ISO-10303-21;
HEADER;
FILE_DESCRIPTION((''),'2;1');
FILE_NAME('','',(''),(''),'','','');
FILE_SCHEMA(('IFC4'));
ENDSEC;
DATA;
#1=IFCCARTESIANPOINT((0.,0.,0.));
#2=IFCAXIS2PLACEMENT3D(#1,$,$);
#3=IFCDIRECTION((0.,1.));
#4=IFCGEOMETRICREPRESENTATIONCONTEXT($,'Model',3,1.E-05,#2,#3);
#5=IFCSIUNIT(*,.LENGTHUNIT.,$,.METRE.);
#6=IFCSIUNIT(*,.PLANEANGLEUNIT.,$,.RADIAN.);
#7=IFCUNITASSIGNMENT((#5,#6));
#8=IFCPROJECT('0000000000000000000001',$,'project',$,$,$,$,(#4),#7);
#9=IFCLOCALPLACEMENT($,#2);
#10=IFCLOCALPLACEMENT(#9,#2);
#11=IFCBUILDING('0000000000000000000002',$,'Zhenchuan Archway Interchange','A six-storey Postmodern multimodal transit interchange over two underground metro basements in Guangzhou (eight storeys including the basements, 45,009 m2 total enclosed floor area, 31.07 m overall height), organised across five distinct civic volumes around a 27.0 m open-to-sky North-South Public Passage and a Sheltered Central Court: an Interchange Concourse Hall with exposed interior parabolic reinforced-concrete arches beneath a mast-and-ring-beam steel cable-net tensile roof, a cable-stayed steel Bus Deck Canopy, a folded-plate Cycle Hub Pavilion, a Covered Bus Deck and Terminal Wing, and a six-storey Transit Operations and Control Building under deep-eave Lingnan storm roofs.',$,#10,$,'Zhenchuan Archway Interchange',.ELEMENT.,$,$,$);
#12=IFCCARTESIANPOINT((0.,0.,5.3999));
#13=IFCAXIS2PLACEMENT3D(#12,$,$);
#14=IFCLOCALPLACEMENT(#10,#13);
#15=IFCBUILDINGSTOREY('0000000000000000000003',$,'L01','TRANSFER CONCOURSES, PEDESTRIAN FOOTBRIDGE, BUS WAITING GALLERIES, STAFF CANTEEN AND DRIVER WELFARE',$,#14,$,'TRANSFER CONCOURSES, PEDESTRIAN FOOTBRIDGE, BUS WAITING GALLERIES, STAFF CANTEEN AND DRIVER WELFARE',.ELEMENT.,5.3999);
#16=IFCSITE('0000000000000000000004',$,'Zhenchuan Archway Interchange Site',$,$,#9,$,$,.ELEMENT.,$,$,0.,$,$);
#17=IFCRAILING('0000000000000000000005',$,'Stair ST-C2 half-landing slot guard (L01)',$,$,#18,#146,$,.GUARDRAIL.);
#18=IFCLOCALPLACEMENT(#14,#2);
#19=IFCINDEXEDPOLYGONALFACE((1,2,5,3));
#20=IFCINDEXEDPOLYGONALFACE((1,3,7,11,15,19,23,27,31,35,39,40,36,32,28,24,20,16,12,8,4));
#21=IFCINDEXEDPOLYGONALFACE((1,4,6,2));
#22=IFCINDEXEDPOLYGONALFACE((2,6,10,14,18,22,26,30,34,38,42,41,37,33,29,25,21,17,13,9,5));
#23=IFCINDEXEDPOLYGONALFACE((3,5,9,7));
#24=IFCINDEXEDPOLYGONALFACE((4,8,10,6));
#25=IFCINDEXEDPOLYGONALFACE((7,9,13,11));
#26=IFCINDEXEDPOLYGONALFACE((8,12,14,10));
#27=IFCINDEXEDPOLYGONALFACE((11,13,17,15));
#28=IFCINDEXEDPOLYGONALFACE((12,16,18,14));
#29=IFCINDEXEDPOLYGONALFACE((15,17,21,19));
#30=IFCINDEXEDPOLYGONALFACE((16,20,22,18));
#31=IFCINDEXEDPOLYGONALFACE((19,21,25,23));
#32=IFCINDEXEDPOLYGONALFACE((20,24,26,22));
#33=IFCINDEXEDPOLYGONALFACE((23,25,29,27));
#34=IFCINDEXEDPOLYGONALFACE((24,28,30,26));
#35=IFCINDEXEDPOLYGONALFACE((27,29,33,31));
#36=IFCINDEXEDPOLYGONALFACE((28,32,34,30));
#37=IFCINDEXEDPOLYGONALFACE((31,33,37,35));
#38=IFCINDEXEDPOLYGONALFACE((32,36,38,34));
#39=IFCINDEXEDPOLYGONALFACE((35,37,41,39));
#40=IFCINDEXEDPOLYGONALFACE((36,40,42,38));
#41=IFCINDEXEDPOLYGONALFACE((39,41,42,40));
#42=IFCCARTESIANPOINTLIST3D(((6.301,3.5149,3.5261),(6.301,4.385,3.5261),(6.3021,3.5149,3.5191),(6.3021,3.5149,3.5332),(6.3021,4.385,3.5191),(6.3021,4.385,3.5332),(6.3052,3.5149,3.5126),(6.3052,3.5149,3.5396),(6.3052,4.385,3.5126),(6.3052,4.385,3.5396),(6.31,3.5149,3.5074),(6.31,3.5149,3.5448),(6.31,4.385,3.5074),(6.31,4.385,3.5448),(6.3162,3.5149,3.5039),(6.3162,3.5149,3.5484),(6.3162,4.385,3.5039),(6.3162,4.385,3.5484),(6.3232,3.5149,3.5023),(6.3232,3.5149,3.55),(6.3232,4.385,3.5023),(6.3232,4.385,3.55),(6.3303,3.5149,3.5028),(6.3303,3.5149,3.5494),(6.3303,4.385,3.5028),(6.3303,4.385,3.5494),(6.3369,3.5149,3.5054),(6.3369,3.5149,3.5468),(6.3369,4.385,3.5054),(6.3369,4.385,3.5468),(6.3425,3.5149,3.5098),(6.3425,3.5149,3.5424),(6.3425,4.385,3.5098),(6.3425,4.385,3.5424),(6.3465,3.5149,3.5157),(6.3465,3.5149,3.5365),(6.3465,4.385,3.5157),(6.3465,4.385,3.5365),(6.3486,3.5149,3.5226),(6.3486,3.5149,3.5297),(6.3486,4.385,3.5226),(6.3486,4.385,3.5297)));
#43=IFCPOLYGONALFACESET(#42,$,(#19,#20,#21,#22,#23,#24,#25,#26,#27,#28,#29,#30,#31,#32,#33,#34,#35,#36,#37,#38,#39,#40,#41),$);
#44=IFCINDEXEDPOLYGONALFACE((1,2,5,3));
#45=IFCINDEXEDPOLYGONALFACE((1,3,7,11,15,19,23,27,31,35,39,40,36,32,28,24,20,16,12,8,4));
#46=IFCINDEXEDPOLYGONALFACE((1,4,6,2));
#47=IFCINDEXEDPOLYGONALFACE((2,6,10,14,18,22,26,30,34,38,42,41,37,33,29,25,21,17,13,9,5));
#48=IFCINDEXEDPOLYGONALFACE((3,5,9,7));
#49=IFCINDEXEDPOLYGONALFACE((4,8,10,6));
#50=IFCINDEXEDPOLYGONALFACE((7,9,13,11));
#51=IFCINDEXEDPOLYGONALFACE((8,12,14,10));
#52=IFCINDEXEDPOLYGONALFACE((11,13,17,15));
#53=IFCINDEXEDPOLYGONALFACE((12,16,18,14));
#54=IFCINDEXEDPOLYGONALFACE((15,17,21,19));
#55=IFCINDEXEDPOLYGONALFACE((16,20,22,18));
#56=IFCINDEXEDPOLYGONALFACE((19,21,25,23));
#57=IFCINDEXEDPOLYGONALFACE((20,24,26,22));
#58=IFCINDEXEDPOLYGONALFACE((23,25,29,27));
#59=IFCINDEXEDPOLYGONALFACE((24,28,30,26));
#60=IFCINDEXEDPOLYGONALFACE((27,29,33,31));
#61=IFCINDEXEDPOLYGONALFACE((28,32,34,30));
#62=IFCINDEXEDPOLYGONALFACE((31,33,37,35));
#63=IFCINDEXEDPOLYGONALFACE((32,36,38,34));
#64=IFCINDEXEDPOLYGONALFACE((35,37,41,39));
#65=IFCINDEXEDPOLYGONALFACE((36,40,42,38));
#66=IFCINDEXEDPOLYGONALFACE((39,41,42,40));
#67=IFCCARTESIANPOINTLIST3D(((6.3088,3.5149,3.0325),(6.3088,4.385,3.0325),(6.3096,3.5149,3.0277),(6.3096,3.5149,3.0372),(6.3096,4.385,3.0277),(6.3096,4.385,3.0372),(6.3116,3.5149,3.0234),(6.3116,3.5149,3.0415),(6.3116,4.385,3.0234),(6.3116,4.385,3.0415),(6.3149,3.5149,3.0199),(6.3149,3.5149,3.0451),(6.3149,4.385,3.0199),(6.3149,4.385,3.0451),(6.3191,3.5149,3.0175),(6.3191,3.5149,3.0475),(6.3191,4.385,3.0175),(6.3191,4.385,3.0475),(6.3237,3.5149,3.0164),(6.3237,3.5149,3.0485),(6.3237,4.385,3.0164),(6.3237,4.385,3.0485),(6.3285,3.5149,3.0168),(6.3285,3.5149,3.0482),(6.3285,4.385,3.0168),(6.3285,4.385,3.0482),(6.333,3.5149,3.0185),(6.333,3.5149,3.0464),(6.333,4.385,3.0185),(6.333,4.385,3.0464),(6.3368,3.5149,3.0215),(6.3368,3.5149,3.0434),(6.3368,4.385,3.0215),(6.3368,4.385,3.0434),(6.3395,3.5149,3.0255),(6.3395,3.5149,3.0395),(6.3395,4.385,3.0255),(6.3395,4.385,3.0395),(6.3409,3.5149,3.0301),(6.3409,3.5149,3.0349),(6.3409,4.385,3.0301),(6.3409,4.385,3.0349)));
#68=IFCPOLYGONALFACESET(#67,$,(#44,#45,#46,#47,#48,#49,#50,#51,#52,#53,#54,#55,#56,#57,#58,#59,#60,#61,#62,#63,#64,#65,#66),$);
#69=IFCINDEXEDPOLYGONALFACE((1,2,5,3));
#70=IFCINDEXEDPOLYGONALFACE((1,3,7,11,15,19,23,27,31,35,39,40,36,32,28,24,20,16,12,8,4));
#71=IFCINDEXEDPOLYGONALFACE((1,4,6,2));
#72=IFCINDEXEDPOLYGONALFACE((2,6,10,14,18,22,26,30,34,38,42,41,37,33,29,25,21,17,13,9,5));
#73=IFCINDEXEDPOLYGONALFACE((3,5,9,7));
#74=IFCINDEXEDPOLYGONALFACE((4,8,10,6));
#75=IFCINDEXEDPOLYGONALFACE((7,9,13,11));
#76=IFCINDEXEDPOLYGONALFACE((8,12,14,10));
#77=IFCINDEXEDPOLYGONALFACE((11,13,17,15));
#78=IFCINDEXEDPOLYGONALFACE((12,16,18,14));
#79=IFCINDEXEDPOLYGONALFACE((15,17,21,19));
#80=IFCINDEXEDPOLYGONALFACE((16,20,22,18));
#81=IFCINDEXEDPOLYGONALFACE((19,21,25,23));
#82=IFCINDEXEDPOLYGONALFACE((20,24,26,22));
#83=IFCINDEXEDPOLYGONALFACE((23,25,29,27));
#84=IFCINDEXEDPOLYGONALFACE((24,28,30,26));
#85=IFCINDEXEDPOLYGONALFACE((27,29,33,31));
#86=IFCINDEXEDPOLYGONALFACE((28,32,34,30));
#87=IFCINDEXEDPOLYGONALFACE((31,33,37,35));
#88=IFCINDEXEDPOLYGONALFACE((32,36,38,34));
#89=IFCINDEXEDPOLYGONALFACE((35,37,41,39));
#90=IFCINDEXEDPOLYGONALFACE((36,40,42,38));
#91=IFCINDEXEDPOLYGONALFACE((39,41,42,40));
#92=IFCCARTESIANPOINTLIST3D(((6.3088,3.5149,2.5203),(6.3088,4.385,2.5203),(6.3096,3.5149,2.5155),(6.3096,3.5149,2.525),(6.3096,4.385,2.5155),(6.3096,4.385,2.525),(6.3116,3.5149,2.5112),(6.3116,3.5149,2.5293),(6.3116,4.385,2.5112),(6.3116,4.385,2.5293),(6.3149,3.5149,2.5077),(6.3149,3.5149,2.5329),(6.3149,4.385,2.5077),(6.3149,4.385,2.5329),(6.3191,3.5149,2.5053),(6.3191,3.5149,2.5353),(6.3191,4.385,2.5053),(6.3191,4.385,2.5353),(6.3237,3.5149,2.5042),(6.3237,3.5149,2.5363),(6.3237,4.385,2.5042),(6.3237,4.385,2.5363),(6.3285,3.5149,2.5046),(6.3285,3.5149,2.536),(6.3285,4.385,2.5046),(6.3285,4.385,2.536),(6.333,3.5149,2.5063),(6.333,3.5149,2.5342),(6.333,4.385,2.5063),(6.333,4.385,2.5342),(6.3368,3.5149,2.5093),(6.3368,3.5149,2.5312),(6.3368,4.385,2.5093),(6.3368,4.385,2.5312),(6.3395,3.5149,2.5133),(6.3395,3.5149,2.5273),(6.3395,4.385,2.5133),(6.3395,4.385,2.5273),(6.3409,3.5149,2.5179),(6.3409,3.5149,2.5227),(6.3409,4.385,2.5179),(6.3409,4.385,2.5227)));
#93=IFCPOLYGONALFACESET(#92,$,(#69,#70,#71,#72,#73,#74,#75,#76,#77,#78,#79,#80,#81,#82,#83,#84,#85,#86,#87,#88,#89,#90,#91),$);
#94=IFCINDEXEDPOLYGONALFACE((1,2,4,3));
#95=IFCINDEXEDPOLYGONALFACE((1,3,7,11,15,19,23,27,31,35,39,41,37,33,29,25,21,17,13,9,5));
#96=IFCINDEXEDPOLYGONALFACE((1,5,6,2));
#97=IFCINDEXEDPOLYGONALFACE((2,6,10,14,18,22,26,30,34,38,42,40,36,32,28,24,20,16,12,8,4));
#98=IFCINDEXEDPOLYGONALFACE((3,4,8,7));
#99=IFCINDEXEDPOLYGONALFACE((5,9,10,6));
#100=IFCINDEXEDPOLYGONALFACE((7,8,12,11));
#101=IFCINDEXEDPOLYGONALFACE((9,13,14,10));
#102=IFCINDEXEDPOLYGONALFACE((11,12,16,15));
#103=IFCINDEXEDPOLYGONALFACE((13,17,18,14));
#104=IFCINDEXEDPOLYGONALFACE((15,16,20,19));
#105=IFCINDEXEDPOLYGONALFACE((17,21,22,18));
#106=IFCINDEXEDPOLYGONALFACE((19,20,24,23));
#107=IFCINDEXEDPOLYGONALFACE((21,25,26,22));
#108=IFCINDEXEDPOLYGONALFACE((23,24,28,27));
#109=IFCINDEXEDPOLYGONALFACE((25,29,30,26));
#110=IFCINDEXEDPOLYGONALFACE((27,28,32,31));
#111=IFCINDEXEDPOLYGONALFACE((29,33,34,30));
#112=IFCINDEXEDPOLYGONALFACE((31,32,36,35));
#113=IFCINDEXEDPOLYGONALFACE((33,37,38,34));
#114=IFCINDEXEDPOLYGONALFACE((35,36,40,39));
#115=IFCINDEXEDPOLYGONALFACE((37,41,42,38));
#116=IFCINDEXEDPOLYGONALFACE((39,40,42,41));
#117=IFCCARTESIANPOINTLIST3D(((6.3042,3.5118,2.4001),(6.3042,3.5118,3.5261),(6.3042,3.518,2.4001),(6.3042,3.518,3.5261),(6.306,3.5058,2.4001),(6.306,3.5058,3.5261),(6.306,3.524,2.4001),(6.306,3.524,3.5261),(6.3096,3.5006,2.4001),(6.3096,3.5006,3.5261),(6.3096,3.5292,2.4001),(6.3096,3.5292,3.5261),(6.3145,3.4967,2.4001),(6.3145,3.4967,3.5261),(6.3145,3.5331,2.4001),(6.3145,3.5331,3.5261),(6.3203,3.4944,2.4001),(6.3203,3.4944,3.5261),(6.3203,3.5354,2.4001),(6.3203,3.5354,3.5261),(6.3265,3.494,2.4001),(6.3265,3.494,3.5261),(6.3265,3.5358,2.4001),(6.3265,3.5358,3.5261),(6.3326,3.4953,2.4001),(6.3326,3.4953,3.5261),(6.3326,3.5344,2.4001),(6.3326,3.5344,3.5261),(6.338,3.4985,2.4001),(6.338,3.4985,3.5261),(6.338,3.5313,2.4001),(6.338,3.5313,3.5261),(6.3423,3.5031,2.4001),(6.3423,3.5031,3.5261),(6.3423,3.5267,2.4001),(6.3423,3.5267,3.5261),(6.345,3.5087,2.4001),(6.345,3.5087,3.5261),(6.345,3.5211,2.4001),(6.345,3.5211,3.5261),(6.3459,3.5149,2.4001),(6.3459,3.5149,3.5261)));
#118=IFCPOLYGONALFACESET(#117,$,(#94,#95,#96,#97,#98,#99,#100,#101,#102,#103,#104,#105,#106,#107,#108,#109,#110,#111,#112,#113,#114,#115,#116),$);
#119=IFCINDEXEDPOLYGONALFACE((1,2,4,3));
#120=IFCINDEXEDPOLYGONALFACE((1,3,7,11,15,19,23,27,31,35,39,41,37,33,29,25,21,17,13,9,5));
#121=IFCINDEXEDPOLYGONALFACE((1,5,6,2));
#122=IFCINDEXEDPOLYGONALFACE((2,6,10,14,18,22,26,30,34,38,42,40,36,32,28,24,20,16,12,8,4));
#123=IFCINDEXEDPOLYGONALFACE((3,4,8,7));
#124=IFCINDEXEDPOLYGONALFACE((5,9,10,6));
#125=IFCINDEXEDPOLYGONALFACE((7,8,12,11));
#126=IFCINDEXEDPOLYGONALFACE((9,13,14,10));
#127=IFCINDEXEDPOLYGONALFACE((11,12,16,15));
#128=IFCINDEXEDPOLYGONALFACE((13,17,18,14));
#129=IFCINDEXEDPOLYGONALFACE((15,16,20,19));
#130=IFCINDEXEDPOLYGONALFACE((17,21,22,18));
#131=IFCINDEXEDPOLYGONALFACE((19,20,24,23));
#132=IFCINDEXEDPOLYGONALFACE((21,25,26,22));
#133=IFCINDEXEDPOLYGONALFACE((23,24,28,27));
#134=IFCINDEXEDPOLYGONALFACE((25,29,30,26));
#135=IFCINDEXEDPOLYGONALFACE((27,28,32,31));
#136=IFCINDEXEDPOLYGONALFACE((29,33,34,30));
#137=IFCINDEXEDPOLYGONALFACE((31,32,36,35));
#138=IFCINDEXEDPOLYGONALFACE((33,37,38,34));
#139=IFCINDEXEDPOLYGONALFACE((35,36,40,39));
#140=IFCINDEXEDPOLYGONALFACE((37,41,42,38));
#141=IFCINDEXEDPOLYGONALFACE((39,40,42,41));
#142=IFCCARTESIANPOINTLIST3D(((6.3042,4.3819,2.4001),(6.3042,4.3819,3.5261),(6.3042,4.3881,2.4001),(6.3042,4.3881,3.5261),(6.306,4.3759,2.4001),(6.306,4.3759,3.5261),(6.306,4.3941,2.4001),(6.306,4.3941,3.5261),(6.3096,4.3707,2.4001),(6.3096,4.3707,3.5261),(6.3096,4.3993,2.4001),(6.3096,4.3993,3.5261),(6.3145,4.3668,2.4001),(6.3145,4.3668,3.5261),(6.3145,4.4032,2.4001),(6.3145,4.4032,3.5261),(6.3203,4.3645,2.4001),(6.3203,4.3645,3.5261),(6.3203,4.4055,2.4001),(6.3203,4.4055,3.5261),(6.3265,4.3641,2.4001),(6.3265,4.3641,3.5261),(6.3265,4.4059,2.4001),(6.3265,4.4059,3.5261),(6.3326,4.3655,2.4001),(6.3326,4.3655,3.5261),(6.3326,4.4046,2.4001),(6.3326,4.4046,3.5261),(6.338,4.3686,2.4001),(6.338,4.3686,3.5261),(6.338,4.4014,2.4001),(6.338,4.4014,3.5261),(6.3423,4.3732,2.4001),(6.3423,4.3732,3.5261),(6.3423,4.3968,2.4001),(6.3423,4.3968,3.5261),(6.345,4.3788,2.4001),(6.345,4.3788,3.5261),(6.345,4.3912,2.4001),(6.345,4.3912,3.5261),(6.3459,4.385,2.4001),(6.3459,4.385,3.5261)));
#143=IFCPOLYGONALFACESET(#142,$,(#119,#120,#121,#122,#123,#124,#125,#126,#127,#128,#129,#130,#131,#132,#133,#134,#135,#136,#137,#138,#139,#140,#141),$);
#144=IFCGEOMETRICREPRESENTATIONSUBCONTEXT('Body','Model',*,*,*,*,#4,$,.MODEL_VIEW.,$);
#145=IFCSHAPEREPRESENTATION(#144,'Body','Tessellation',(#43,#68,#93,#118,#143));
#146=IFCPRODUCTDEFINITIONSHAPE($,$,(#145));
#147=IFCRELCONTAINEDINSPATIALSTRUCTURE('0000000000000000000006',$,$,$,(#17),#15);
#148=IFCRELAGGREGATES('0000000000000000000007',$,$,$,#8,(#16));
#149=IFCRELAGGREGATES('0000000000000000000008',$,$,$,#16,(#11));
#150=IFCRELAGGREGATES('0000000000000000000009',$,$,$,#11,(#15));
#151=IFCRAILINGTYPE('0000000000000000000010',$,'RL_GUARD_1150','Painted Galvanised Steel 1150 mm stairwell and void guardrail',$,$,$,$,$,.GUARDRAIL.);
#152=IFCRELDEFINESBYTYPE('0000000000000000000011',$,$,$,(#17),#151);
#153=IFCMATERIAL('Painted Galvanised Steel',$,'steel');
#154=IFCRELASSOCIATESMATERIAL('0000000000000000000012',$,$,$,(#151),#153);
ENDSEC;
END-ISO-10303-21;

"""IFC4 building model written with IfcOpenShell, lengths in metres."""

from ifc_helpers import new_model, si_unit, direction, frame, origin, origin_2d, place, context, subcontext, project, spatial, circle, extrude, material, type_object, element, save


model = new_model("IFC4")

# Units and contexts
model_context = context("Model", 3, precision=1e-05, world=origin(), true_north=direction((0.0, 1.0)))
body_context = subcontext(model_context, "Body", "Model", "MODEL_VIEW")
ifc_project = project(units=[si_unit("LENGTHUNIT", "METRE"), si_unit("PLANEANGLEUNIT", "RADIAN")], contexts=[model_context])

# Site, building, storey
site_placement = place(None, origin())
site = spatial("IfcSite", under=ifc_project, at=site_placement, Name="Zhenchuan Archway Interchange Site", CompositionType="ELEMENT", RefElevation=0.0)
building_placement = place(site_placement, origin())
building = spatial("IfcBuilding", under=site, at=building_placement, Name="Zhenchuan Archway Interchange", Description="A six-storey Postmodern multimodal transit interchange over two underground metro basements in Guangzhou (eight storeys including the basements, 45,009 m2 total enclosed floor area, 31.07 m overall height), organised across five distinct civic volumes around a 27.0 m open-to-sky North-South Public Passage and a Sheltered Central Court: an Interchange Concourse Hall with exposed interior parabolic reinforced-concrete arches beneath a mast-and-ring-beam steel cable-net tensile roof, a cable-stayed steel Bus Deck Canopy, a folded-plate Cycle Hub Pavilion, a Covered Bus Deck and Terminal Wing, and a six-storey Transit Operations and Control Building under deep-eave Lingnan storm roofs.", LongName="Zhenchuan Archway Interchange", CompositionType="ELEMENT")
storey_placement = place(building_placement, frame((0.0, 0.0, 5.3999)))
storey = spatial("IfcBuildingStorey", under=building, at=storey_placement, Name="L01", Description="TRANSFER CONCOURSES, PEDESTRIAN FOOTBRIDGE, BUS WAITING GALLERIES, STAFF CANTEEN AND DRIVER WELFARE", LongName="TRANSFER CONCOURSES, PEDESTRIAN FOOTBRIDGE, BUS WAITING GALLERIES, STAFF CANTEEN AND DRIVER WELFARE", CompositionType="ELEMENT", Elevation=5.3999)

# Railing
ifc_material_1 = material(Name="Painted Galvanised Steel", Category="steel")
railing_type_1 = type_object("IfcRailingType", Name="RL_GUARD_1150", Description="Painted Galvanised Steel 1150 mm stairwell and void guardrail", PredefinedType="GUARDRAIL", material=ifc_material_1)
railing_placement = place(storey_placement, frame((6.325, 3.5149, 2.4001)))
element("IfcRailing", 1, at=railing_placement, inside=storey, type_object=railing_type_1, Name="Stair ST-C2 half-landing slot guard (L01)", PredefinedType="GUARDRAIL", context=body_context, shape_type="SweptSolid", body=[
    extrude(circle(Radius=0.0239, at=origin_2d()), frame((0.0, 0.0, 1.126), z_axis=(0.0, 1.0, 0.0), x_axis=(-1.0, 0.0, 0.0)), (0.0, 0.0, 1.0), 0.8701),
    extrude(circle(Radius=0.0161, at=origin_2d()), frame((0.0, 0.0, 0.6323), z_axis=(0.0, 1.0, 0.0), x_axis=(-1.0, 0.0, 0.0)), (0.0, 0.0, 1.0), 0.8701),
    extrude(circle(Radius=0.0161, at=origin_2d()), frame((0.0, 0.0, 0.1201), z_axis=(0.0, 1.0, 0.0), x_axis=(-1.0, 0.0, 0.0)), (0.0, 0.0, 1.0), 0.8701),
    extrude(circle(Radius=0.021, at=origin_2d()), origin(), (0.0, 0.0, 1.0), 1.126),
    extrude(circle(Radius=0.021, at=origin_2d()), frame((0.0, 0.8701, 0.0)), (0.0, 0.0, 1.0), 1.126),
])

save(model, "model.ifc")
